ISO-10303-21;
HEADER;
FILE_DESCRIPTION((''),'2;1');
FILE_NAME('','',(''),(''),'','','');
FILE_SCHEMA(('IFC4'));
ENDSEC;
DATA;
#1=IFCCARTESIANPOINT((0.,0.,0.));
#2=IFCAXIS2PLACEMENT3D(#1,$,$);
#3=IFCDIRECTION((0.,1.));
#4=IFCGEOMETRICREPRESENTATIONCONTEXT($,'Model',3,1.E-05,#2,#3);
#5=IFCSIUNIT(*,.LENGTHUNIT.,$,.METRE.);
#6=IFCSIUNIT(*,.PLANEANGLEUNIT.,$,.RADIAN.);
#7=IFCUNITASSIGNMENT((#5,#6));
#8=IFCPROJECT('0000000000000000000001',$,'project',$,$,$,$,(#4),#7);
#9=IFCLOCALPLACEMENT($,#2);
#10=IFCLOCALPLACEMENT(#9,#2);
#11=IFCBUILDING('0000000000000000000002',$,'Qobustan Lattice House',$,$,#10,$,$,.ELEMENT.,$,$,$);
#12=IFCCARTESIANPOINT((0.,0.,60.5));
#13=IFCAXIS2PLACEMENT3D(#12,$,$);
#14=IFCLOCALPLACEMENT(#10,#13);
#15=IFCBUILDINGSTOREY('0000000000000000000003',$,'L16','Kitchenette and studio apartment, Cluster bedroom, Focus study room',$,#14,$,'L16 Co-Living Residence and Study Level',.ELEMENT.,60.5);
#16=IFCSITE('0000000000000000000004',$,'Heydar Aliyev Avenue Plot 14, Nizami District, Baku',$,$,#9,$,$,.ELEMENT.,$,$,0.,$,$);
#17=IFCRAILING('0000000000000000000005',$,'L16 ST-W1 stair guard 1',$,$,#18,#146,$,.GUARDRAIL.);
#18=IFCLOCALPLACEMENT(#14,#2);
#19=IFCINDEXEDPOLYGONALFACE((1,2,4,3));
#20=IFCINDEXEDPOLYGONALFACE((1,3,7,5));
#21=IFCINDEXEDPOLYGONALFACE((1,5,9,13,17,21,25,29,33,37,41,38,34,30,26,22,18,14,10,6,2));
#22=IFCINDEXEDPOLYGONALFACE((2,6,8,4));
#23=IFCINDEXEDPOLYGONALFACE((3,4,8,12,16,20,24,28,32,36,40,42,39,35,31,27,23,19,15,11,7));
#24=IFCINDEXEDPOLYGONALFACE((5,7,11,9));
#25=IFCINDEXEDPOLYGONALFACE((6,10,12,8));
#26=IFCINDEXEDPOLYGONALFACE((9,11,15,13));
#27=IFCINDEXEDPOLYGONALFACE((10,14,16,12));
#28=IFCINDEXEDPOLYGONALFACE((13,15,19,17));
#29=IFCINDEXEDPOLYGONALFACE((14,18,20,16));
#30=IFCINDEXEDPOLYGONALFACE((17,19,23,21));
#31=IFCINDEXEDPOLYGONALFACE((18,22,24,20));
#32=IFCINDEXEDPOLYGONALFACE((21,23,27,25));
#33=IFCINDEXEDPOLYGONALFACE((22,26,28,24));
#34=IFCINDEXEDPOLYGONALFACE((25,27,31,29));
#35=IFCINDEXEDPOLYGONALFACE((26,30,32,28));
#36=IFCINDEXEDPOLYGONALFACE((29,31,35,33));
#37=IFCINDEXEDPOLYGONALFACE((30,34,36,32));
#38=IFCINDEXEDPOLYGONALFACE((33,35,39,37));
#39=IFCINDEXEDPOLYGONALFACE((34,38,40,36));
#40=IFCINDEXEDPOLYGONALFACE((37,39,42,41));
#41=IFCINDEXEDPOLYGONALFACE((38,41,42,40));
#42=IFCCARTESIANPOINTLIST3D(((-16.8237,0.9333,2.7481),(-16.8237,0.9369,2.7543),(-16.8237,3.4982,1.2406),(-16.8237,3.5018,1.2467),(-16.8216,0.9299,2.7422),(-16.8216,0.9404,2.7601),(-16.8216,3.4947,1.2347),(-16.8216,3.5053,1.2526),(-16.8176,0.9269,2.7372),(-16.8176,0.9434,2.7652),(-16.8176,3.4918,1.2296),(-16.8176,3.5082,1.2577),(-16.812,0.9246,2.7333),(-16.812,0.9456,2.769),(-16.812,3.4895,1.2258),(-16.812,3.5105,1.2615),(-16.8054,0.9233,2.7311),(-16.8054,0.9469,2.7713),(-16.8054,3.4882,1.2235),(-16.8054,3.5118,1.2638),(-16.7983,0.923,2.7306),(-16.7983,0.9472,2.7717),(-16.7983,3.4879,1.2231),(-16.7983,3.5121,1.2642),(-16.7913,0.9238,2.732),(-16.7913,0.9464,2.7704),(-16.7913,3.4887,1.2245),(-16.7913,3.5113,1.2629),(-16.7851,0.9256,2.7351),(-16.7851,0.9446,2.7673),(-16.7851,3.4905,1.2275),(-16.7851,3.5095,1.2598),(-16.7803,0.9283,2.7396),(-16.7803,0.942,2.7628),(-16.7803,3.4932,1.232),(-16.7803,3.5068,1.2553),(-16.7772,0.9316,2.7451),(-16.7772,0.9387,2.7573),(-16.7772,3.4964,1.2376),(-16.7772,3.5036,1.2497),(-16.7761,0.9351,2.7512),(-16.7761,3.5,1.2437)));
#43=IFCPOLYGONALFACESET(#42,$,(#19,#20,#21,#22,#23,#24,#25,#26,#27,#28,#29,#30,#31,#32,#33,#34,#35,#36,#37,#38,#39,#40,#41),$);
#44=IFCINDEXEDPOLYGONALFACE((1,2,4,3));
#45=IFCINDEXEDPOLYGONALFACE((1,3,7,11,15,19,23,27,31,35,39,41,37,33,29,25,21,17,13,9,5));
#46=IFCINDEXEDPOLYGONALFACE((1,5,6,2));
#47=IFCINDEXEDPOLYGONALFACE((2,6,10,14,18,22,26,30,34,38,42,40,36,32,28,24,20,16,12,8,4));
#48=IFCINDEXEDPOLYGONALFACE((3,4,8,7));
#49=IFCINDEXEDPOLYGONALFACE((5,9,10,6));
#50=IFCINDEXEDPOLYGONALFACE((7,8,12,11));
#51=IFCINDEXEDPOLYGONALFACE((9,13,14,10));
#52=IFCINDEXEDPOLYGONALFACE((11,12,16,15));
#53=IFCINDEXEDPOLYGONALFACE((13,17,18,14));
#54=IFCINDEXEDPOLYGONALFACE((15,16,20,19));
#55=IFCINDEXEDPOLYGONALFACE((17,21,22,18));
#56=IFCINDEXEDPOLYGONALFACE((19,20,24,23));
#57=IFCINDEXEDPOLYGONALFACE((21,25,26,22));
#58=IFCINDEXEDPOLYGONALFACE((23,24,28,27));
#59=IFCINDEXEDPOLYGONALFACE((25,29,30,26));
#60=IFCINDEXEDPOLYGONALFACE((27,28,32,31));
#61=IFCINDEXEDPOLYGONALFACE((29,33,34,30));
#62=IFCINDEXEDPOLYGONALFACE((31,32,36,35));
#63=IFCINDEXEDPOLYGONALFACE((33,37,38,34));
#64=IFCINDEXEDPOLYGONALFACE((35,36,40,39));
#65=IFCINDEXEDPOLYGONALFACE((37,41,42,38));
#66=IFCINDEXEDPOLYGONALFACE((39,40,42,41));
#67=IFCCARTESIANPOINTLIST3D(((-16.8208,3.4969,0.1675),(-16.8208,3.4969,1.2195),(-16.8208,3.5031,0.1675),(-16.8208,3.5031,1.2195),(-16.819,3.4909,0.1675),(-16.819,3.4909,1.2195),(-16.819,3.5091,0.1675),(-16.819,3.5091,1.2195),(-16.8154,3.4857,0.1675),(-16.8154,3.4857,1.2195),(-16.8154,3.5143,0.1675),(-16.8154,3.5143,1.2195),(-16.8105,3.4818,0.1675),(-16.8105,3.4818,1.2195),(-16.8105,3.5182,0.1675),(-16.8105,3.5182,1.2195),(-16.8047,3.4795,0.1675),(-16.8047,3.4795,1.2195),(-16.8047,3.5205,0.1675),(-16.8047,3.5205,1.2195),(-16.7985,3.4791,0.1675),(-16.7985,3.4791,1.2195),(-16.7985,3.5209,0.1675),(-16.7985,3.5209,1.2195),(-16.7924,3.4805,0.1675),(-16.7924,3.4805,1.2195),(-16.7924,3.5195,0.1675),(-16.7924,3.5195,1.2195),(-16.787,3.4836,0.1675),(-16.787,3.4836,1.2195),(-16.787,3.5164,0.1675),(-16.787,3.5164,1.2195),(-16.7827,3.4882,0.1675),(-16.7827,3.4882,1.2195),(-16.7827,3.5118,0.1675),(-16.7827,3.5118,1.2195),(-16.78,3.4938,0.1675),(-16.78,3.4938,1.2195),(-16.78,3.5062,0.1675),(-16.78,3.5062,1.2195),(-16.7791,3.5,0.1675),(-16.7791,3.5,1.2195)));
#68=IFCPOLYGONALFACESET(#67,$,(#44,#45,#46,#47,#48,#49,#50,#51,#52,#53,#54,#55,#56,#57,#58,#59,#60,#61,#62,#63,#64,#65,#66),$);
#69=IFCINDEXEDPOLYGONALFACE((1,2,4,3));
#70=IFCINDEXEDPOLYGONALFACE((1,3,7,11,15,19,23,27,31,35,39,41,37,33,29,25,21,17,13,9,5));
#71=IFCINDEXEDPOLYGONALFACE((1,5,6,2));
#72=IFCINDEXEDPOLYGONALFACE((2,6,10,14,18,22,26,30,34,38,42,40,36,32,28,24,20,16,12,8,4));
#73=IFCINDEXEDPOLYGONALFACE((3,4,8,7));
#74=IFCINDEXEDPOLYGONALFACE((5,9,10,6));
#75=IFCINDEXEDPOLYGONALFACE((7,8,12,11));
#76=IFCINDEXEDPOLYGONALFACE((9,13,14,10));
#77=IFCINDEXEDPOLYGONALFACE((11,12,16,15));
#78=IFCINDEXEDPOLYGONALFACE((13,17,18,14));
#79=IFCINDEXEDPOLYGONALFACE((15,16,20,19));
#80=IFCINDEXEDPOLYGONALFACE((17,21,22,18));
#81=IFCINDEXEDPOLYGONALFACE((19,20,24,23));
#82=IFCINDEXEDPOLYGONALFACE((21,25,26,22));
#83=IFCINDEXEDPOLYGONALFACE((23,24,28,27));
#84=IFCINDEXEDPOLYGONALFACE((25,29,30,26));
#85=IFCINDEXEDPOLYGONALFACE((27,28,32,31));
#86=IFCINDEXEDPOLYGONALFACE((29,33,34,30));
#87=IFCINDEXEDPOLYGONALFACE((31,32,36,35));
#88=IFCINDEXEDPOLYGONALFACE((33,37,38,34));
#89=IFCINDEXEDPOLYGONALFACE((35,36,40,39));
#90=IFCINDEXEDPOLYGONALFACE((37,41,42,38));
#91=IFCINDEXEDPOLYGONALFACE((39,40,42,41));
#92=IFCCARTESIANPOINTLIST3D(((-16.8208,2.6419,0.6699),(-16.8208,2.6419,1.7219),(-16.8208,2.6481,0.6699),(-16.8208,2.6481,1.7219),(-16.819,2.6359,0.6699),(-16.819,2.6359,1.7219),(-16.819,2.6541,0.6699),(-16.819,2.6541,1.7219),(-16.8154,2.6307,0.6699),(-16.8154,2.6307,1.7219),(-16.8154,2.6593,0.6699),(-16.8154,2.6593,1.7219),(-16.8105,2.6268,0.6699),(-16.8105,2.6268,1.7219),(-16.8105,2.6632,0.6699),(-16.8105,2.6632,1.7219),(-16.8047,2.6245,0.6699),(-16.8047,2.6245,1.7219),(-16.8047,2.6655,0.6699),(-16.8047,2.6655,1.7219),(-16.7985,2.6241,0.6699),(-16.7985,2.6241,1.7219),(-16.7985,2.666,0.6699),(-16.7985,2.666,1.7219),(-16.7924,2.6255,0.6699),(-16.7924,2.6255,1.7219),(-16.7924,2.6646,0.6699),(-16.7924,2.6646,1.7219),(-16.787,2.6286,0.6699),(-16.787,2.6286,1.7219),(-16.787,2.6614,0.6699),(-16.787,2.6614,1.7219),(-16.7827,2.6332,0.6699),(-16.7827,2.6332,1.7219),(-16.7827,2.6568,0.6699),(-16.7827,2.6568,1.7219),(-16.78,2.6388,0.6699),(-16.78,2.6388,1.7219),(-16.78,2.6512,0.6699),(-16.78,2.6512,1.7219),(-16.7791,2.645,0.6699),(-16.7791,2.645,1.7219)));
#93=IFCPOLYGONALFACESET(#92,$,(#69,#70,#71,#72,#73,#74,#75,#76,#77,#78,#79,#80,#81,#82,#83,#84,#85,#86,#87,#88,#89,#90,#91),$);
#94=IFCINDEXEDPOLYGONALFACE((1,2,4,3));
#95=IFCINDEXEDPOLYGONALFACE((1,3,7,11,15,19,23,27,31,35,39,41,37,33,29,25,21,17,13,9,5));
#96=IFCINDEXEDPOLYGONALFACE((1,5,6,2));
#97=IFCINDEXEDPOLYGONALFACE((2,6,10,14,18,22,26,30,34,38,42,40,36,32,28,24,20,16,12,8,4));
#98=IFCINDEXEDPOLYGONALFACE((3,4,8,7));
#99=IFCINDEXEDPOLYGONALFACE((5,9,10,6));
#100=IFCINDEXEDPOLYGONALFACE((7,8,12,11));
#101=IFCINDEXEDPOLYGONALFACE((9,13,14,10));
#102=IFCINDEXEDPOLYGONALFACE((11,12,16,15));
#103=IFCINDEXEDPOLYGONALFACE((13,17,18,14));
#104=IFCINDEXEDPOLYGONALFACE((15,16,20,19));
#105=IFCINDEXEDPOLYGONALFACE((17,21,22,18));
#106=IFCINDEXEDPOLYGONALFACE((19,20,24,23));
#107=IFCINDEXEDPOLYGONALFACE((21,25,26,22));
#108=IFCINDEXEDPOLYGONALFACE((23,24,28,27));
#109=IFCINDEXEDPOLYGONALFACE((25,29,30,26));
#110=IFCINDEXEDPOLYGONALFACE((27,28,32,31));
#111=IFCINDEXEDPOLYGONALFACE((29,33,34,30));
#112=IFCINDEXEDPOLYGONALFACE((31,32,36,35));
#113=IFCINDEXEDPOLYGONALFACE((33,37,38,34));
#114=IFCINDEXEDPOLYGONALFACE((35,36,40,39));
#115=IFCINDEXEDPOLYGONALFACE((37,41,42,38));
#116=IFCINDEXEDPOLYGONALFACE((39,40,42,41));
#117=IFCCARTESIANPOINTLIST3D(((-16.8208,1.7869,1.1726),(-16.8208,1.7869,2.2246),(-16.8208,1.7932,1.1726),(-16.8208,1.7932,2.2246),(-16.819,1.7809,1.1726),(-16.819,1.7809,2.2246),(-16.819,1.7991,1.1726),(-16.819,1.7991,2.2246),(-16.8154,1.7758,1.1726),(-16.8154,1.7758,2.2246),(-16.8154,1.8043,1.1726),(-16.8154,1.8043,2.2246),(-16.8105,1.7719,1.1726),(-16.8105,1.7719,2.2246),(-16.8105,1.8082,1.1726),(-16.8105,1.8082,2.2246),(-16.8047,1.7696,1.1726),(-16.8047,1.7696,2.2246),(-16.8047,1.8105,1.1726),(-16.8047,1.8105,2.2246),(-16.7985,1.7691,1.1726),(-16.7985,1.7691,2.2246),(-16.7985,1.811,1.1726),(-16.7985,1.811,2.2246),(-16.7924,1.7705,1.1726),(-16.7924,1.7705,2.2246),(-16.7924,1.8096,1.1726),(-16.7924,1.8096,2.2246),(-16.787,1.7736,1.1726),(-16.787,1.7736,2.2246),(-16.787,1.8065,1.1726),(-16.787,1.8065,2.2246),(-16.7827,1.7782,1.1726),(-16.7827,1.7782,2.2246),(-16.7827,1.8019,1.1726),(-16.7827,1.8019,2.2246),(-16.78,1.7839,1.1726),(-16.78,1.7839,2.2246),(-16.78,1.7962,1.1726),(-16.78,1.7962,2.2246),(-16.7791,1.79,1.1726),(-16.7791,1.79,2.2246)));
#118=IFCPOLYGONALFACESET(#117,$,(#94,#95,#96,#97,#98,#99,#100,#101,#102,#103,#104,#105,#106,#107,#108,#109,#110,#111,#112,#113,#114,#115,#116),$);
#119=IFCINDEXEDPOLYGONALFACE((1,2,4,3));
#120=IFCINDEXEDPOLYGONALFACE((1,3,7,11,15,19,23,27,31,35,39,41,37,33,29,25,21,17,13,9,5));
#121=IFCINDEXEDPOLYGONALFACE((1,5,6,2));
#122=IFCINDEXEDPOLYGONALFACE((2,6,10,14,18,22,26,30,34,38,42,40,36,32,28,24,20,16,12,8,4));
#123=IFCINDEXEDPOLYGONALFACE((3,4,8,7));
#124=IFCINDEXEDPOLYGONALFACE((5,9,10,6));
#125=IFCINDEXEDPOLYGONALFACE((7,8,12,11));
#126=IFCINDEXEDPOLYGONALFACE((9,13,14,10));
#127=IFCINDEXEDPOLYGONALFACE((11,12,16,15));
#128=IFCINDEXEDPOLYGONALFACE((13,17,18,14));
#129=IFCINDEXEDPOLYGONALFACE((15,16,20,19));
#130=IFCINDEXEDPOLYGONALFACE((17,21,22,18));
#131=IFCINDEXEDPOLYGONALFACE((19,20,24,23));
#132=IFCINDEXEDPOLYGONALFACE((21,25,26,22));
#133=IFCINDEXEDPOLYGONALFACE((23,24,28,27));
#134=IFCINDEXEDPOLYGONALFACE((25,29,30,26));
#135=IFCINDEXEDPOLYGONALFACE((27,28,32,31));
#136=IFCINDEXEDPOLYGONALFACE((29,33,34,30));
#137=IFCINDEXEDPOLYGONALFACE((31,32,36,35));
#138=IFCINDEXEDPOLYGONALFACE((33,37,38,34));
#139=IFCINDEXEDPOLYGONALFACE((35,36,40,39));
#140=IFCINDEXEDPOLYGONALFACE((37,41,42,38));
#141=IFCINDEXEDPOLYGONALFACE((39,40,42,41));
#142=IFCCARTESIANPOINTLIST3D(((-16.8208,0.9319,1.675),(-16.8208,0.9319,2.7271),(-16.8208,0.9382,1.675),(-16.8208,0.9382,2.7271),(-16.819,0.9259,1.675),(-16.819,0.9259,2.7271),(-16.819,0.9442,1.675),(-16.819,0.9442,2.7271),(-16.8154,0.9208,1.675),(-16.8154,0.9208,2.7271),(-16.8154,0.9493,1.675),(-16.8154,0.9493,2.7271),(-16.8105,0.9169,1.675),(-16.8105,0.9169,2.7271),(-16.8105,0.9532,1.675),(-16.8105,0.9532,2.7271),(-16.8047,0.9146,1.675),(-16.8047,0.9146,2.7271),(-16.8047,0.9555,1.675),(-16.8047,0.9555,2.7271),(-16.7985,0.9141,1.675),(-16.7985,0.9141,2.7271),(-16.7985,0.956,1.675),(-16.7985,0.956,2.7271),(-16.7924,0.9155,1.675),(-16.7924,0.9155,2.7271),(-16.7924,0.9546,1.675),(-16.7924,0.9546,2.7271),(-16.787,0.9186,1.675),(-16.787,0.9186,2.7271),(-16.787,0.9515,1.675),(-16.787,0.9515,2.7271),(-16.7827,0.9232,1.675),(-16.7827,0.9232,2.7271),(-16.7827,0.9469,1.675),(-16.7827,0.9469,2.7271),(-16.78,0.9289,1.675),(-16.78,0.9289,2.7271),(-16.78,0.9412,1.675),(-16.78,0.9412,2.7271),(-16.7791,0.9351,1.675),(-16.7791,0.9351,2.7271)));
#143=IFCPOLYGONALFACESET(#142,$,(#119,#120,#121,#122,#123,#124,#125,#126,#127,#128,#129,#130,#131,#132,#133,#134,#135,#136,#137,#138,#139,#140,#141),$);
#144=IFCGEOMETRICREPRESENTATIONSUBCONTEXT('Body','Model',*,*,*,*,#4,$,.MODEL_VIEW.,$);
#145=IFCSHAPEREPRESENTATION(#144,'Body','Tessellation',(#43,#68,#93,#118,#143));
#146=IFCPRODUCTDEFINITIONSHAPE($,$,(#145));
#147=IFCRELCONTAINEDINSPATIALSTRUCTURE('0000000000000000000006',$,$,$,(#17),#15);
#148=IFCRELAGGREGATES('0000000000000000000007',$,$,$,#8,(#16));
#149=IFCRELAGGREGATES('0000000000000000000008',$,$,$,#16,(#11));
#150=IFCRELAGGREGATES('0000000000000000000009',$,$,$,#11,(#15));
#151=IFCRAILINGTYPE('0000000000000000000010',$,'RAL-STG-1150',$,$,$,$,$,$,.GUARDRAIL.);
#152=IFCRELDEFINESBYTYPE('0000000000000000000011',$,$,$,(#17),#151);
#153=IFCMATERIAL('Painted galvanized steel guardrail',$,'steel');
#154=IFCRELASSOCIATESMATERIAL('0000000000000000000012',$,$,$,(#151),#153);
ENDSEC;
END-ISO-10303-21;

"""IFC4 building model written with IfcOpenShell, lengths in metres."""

from ifc_helpers import new_model, si_unit, direction, frame, origin, origin_2d, place, context, subcontext, project, spatial, circle, extrude, material, type_object, element, save


model = new_model("IFC4")

# Units and contexts
model_context = context("Model", 3, precision=1e-05, world=origin(), true_north=direction((0.0, 1.0)))
body_context = subcontext(model_context, "Body", "Model", "MODEL_VIEW")
ifc_project = project(units=[si_unit("LENGTHUNIT", "METRE"), si_unit("PLANEANGLEUNIT", "RADIAN")], contexts=[model_context])

# Site, building, storey
site_placement = place(None, origin())
site = spatial("IfcSite", under=ifc_project, at=site_placement, Name="Heydar Aliyev Avenue Plot 14, Nizami District, Baku", CompositionType="ELEMENT", RefElevation=0.0)
building_placement = place(site_placement, origin())
building = spatial("IfcBuilding", under=site, at=building_placement, Name="Qobustan Lattice House", CompositionType="ELEMENT")
storey_placement = place(building_placement, frame((0.0, 0.0, 60.5)))
storey = spatial("IfcBuildingStorey", under=building, at=storey_placement, Name="L16", Description="Kitchenette and studio apartment, Cluster bedroom, Focus study room", LongName="L16 Co-Living Residence and Study Level", CompositionType="ELEMENT", Elevation=60.5)

# Railing
ifc_material_1 = material(Name="Painted galvanized steel guardrail", Category="steel")
railing_type_1 = type_object("IfcRailingType", Name="RAL-STG-1150", PredefinedType="GUARDRAIL", material=ifc_material_1)
railing_1_placement = place(storey_placement, frame((-16.8, 3.5, 0.1675)))
element("IfcRailing", 1, at=railing_1_placement, inside=storey, type_object=railing_type_1, Name="L16 ST-W1 stair guard 1", PredefinedType="GUARDRAIL", context=body_context, shape_type="SweptSolid", body=[
    extrude(circle(Radius=0.0239, at=origin_2d()), frame((0.0, 0.0, 1.0762), z_axis=(0.0, -0.862113, 0.506715), x_axis=(1.0, 0.0, 0.0)), (0.0, 0.0, 1.0), 2.9751),
    extrude(circle(Radius=0.021, at=origin_2d()), origin(), (0.0, 0.0, 1.0), 1.052),
    extrude(circle(Radius=0.021, at=origin_2d()), frame((0.0, -0.855, 0.5024)), (0.0, 0.0, 1.0), 1.052),
    extrude(circle(Radius=0.021, at=origin_2d()), frame((0.0, -1.71, 1.0051)), (0.0, 0.0, 1.0), 1.052),
    extrude(circle(Radius=0.021, at=origin_2d()), frame((0.0, -2.5649, 1.5076)), (0.0, 0.0, 1.0), 1.052),
])

save(model, "model.ifc")
